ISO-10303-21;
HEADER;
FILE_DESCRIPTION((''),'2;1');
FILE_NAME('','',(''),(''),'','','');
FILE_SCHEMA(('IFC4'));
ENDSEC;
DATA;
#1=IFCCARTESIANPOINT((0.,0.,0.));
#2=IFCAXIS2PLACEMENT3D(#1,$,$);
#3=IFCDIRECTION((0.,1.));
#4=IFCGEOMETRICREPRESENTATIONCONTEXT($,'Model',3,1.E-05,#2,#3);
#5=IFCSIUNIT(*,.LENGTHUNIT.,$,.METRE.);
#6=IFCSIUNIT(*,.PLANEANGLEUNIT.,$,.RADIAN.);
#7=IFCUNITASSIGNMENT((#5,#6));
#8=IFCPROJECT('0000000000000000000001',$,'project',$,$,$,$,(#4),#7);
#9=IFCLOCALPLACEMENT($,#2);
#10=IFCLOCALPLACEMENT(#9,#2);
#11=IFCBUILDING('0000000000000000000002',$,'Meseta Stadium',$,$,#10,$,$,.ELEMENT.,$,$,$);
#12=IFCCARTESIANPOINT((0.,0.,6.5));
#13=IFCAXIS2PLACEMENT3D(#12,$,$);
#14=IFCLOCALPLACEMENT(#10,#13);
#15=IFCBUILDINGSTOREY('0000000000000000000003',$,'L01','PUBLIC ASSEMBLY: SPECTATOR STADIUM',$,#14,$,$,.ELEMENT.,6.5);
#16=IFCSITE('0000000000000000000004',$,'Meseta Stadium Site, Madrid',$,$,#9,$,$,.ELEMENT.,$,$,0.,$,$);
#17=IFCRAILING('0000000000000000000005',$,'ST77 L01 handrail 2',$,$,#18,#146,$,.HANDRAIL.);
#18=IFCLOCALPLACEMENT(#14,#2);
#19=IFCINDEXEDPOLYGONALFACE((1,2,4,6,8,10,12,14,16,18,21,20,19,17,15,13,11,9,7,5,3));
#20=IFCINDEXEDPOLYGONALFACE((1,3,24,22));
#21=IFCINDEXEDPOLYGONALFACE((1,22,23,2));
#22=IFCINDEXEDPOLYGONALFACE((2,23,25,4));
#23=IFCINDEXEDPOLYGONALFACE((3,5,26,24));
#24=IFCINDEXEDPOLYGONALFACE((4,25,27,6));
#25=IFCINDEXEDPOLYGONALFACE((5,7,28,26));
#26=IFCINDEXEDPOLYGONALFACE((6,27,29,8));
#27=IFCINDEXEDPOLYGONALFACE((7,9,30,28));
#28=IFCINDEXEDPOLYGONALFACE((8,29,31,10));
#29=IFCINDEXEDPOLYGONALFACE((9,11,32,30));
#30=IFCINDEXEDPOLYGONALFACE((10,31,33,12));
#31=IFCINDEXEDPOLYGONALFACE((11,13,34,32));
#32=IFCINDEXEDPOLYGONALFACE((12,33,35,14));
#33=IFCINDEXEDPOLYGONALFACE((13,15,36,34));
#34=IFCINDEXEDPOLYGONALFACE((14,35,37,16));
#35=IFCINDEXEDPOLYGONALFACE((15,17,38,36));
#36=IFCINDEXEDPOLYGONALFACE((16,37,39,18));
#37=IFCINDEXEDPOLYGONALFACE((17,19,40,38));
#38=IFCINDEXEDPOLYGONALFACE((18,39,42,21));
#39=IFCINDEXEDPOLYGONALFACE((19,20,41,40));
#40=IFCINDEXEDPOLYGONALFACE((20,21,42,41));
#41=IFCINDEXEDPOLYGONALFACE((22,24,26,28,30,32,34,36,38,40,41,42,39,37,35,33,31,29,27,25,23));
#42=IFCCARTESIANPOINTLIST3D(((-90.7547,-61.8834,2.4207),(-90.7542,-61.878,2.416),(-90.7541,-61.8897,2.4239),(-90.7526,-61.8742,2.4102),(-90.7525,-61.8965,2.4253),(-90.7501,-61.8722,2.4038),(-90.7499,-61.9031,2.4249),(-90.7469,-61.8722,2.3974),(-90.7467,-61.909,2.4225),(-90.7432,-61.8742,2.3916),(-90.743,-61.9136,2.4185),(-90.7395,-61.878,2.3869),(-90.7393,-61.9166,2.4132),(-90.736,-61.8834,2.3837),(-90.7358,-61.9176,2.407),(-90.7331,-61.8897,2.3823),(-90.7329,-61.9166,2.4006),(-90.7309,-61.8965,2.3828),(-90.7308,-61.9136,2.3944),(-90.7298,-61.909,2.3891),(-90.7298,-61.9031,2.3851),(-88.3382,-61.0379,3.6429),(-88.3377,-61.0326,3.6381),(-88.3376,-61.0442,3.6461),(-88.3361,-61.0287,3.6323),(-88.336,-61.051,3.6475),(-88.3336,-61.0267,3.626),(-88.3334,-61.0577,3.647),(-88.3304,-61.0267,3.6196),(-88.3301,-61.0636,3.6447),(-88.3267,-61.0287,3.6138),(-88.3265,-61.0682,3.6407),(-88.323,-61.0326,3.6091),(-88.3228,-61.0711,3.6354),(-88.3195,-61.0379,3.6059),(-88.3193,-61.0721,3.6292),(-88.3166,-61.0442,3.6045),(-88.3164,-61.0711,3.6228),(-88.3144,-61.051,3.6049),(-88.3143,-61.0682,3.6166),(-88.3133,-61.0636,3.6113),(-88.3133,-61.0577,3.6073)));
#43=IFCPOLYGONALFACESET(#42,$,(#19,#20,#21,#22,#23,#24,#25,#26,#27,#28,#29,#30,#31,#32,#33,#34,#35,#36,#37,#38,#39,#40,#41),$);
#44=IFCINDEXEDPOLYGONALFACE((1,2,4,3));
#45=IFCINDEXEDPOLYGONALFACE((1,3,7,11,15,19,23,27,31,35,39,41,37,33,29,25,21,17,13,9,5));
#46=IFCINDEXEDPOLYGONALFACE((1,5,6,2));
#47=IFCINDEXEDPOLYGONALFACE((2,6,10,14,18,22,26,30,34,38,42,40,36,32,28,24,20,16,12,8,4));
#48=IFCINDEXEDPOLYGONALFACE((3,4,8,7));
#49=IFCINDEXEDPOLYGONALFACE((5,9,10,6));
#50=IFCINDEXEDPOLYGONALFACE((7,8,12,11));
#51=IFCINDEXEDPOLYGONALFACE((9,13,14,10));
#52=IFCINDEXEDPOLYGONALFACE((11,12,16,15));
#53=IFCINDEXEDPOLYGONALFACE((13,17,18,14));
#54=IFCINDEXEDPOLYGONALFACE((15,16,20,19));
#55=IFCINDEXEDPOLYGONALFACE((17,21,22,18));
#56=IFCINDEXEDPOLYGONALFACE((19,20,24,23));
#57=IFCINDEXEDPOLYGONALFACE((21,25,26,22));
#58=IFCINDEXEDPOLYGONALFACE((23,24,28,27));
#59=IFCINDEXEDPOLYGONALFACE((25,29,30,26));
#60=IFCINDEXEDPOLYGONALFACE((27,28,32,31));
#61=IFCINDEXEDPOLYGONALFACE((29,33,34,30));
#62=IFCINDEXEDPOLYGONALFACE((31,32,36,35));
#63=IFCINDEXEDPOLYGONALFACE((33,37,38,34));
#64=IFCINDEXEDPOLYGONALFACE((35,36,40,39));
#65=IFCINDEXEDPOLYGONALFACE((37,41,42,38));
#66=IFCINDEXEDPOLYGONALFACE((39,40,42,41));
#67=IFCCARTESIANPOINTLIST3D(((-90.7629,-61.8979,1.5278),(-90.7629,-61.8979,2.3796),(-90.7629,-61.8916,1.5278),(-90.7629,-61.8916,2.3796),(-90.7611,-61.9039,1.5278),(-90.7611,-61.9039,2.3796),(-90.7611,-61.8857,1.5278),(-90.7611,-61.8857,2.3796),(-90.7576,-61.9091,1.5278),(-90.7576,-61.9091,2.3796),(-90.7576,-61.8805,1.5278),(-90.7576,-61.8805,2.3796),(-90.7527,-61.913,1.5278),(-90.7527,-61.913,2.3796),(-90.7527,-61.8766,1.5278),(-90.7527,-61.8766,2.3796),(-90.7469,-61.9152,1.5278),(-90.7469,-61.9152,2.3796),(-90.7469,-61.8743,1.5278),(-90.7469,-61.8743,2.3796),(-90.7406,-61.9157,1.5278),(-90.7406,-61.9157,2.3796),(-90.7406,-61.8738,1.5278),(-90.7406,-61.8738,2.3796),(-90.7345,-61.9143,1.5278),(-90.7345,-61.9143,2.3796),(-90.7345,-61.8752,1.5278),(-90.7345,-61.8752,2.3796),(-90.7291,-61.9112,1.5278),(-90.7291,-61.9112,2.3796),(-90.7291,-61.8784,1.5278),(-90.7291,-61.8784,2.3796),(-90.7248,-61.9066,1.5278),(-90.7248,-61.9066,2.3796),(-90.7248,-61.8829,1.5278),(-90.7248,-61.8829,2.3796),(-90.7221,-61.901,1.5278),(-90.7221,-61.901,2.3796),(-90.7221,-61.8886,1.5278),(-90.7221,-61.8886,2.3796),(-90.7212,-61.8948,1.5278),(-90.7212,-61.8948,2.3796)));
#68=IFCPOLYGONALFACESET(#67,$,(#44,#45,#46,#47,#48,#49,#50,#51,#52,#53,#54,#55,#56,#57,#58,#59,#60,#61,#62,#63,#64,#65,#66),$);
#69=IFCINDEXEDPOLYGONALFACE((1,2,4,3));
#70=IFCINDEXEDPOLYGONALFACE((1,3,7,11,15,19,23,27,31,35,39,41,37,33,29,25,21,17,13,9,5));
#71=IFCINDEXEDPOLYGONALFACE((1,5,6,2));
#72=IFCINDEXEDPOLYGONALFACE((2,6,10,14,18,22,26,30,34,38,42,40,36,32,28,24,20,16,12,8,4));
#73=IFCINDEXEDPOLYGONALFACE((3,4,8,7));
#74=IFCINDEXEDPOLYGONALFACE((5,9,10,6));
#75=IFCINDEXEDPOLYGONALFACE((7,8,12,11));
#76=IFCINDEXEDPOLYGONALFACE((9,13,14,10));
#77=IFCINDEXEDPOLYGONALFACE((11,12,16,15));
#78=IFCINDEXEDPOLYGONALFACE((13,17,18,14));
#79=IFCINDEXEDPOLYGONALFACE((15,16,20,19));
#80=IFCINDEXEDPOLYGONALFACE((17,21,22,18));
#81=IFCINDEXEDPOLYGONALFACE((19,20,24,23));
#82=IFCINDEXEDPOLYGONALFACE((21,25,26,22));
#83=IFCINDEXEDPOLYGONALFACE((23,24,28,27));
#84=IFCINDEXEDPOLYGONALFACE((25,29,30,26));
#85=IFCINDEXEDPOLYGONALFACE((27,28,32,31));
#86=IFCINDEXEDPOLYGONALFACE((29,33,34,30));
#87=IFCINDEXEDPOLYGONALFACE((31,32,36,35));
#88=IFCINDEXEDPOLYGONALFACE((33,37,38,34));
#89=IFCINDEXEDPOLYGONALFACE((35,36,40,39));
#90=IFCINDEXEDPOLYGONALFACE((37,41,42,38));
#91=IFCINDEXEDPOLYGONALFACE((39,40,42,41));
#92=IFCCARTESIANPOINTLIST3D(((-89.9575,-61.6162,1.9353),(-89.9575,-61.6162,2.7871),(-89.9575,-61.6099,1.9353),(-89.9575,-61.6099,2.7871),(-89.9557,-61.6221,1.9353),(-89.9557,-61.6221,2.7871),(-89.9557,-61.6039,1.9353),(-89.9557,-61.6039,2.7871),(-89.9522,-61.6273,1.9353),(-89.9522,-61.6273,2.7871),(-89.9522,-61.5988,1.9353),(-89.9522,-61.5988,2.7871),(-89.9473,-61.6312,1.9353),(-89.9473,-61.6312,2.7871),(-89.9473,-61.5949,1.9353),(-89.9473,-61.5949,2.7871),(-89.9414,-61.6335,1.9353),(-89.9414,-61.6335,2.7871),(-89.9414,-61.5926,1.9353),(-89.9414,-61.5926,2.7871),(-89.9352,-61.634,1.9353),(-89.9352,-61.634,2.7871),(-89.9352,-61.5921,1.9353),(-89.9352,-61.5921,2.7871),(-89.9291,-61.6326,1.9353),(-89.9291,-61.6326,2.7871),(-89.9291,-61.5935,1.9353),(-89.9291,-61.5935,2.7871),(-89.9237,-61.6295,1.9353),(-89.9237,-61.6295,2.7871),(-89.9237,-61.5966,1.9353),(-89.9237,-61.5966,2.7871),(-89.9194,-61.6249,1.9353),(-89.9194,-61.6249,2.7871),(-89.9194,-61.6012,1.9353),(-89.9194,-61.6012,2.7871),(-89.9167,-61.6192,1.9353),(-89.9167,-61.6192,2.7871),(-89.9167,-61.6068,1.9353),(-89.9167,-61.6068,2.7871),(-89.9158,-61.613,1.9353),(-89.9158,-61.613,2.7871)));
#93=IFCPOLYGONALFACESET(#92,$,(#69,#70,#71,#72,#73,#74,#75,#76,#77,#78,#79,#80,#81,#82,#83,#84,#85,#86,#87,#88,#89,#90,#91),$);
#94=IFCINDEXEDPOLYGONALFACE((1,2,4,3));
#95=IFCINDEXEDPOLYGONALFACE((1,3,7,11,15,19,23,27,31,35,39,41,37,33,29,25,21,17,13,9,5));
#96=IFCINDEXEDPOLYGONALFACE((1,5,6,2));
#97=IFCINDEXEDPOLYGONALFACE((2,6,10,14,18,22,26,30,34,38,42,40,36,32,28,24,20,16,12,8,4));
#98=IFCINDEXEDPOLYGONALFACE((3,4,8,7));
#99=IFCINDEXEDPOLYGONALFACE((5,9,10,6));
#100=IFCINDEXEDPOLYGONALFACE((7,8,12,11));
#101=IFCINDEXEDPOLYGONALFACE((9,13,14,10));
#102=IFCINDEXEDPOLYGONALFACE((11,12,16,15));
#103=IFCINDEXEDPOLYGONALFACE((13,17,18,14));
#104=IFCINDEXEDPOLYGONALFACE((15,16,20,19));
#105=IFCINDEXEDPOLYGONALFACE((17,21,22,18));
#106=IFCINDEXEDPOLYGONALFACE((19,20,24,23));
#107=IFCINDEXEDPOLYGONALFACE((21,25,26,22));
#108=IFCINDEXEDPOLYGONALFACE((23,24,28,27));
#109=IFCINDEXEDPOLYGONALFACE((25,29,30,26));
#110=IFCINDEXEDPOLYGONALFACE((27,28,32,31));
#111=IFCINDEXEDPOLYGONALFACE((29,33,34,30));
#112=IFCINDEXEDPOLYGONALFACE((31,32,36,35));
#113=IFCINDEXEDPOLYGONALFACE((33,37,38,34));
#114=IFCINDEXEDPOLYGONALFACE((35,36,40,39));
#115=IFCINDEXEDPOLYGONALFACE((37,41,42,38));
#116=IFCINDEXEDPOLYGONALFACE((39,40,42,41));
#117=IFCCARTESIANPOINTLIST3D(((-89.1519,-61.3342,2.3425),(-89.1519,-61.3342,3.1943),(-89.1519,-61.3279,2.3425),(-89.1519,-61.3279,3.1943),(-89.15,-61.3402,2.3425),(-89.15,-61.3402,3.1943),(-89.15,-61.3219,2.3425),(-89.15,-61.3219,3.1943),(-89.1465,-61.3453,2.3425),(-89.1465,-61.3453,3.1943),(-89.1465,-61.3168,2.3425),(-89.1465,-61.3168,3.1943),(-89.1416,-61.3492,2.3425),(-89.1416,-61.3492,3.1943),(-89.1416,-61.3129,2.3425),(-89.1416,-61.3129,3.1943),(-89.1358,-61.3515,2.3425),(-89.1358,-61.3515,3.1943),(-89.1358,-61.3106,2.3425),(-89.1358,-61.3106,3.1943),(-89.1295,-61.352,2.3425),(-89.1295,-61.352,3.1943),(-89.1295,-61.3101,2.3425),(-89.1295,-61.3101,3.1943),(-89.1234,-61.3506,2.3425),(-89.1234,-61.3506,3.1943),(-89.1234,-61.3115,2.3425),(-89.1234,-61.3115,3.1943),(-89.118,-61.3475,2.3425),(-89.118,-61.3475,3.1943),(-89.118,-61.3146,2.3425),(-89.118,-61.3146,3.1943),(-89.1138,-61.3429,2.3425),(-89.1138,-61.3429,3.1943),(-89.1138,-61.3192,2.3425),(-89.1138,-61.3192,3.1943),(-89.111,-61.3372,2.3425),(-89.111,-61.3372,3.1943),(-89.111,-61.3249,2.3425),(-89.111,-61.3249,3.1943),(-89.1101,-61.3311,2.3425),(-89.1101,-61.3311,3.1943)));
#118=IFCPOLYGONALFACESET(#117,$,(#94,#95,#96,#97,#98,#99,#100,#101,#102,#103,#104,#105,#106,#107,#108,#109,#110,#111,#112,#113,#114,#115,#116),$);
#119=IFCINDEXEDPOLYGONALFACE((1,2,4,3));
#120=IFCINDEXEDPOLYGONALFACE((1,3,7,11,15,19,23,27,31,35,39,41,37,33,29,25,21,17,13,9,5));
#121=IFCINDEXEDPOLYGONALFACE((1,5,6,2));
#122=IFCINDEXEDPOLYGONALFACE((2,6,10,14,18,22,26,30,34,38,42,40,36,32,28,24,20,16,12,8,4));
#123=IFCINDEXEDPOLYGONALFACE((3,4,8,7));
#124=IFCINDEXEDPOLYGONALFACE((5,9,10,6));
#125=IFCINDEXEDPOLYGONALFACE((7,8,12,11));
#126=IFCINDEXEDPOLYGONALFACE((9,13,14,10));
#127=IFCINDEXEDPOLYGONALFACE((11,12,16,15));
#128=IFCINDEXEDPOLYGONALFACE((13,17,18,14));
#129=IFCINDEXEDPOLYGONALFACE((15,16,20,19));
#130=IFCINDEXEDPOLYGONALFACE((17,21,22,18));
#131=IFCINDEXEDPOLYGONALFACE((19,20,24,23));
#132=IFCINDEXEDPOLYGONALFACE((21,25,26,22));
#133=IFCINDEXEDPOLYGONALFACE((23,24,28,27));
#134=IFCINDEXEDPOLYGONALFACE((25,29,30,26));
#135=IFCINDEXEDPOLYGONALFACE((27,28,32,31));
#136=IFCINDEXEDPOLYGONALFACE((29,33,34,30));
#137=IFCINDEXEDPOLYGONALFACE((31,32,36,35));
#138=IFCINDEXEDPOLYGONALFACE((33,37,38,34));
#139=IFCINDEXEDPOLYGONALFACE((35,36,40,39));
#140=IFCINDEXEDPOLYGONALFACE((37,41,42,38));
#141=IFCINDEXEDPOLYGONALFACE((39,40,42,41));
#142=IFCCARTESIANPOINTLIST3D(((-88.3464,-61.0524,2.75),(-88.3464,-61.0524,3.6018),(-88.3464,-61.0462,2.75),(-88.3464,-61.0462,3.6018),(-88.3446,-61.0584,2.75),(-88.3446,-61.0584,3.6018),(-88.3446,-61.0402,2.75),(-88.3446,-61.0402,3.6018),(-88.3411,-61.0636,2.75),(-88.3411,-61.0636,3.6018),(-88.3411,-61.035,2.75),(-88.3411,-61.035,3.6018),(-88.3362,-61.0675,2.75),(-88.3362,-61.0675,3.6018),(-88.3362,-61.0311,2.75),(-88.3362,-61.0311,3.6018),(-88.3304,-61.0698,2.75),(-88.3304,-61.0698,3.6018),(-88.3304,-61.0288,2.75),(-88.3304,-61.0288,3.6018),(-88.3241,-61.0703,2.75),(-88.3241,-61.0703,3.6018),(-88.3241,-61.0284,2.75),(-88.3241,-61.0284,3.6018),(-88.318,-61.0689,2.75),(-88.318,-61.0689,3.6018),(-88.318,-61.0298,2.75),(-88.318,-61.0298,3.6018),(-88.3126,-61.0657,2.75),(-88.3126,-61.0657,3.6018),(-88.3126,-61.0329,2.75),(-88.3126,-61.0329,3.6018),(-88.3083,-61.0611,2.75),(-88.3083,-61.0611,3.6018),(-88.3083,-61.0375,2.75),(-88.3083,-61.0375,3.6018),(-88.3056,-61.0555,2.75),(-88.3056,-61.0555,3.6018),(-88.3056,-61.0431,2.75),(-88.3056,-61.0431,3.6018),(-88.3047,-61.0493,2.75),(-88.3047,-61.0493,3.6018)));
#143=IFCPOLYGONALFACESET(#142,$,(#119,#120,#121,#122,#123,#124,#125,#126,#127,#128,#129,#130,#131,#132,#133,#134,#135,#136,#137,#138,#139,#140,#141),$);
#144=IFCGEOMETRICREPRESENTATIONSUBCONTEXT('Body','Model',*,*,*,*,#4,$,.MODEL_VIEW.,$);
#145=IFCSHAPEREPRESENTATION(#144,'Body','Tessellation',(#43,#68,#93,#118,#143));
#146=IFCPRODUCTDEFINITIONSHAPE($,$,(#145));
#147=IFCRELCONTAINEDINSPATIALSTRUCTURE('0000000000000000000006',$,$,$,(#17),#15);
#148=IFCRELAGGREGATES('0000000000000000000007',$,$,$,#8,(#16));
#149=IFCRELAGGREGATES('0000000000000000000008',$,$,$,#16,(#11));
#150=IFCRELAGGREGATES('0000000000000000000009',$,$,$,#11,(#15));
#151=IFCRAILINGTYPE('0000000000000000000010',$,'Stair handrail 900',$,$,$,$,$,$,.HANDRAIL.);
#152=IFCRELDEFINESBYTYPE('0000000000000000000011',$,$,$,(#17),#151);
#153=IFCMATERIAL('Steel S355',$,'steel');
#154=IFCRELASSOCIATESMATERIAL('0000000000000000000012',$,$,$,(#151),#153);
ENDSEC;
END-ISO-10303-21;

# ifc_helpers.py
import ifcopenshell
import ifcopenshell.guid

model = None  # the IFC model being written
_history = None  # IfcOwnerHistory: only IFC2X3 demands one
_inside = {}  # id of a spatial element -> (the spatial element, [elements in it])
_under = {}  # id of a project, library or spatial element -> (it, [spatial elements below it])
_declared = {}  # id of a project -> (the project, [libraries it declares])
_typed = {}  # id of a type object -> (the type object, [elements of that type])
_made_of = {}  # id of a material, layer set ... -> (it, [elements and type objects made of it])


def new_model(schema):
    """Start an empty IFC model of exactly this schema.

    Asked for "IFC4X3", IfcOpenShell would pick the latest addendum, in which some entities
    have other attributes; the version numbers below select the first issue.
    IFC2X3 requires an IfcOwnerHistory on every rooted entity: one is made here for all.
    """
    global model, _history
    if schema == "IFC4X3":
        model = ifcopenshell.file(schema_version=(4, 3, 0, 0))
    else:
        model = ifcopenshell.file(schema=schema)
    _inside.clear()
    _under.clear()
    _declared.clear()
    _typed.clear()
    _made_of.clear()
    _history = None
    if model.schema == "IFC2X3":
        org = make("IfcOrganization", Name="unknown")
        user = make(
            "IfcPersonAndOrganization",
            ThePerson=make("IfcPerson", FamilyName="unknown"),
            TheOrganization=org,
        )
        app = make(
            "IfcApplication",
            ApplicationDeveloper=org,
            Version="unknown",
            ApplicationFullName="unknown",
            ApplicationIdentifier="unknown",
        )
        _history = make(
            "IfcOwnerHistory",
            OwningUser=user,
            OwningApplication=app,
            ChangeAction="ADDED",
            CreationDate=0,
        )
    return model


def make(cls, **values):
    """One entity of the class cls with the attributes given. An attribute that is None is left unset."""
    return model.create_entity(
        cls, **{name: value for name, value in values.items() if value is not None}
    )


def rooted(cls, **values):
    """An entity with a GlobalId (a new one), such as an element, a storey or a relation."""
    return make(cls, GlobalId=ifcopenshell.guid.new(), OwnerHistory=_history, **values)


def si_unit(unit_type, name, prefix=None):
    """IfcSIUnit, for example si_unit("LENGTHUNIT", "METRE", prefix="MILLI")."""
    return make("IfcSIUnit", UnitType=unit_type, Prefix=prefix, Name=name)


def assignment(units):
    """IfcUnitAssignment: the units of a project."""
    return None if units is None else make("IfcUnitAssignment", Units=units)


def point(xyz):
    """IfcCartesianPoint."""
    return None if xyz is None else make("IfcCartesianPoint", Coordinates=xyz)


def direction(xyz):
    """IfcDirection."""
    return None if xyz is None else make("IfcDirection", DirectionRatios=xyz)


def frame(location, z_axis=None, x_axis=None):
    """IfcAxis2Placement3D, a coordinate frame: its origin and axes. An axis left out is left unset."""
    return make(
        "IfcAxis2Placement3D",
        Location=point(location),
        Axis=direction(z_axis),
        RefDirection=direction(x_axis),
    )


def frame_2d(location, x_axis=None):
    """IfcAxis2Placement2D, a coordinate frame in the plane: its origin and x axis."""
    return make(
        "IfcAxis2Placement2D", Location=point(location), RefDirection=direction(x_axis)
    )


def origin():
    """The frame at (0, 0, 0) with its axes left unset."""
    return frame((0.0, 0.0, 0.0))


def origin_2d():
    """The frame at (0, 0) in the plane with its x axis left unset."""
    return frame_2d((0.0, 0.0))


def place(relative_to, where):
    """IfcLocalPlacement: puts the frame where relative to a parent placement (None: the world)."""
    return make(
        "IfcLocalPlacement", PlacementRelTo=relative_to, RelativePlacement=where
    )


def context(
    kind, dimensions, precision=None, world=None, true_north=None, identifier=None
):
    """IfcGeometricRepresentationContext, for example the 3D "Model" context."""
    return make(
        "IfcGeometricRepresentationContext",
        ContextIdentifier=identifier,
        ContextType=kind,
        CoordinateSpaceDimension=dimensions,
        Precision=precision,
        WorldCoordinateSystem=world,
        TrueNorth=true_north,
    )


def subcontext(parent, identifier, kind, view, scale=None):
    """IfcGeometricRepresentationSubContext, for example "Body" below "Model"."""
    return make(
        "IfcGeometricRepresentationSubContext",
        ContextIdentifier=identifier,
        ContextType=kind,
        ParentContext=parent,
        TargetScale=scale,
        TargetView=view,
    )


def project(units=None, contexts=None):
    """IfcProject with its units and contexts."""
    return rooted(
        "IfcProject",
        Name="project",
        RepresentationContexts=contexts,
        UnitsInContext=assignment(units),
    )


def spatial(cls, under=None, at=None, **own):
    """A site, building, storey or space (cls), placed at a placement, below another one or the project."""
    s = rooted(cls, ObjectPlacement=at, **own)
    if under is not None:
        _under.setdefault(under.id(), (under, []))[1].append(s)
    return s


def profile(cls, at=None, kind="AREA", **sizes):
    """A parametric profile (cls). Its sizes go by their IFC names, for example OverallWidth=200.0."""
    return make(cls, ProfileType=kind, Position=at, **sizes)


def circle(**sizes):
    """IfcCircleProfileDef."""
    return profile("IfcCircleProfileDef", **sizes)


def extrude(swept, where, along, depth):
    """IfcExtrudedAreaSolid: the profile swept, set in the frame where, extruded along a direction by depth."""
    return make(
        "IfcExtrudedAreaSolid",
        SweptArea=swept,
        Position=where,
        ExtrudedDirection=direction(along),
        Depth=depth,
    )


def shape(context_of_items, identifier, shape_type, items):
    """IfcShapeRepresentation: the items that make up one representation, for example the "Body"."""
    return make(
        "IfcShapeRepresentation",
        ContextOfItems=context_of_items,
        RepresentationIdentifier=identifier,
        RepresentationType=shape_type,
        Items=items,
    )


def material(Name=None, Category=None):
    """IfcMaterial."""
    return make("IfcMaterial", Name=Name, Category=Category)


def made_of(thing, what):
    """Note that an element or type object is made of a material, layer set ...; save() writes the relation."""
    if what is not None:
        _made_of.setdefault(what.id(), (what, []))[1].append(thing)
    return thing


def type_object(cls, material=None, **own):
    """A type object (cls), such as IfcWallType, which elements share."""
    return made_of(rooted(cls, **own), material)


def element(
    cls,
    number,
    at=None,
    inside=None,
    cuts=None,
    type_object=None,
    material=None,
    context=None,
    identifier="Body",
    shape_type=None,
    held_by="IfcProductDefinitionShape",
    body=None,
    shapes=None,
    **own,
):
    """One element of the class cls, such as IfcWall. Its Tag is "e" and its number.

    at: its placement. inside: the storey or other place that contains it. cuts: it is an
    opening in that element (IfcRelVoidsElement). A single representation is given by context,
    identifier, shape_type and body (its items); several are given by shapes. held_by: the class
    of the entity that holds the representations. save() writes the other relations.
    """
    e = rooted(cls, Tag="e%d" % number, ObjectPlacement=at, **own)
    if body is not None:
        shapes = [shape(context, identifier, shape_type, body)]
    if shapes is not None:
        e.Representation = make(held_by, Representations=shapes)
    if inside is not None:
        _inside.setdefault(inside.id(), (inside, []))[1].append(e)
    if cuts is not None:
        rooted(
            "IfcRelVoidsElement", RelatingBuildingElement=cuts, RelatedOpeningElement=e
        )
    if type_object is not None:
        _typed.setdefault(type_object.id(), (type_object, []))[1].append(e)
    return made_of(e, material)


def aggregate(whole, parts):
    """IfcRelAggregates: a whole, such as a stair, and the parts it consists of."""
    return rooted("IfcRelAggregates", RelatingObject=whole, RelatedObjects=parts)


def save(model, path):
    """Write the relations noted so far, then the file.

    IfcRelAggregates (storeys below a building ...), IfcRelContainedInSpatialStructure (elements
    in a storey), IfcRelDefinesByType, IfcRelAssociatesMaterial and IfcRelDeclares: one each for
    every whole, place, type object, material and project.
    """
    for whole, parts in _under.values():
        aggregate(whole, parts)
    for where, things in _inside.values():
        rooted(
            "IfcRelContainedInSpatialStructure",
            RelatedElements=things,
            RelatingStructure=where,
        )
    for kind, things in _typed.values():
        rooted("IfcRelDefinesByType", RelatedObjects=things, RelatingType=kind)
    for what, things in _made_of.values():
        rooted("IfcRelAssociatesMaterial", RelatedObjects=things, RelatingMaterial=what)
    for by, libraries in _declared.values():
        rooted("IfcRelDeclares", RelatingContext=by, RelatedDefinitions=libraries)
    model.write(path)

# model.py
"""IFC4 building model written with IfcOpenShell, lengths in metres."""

from ifc_helpers import new_model, si_unit, direction, frame, origin, origin_2d, place, context, subcontext, project, spatial, circle, extrude, material, type_object, element, save


model = new_model("IFC4")

# Units and contexts
model_context = context("Model", 3, precision=1e-05, world=origin(), true_north=direction((0.0, 1.0)))
body_context = subcontext(model_context, "Body", "Model", "MODEL_VIEW")
ifc_project = project(units=[si_unit("LENGTHUNIT", "METRE"), si_unit("PLANEANGLEUNIT", "RADIAN")], contexts=[model_context])

# Site, building, storey
site_placement = place(None, origin())
site = spatial("IfcSite", under=ifc_project, at=site_placement, Name="Meseta Stadium Site, Madrid", CompositionType="ELEMENT", RefElevation=0.0)
building_placement = place(site_placement, origin())
building = spatial("IfcBuilding", under=site, at=building_placement, Name="Meseta Stadium", CompositionType="ELEMENT")
storey_placement = place(building_placement, frame((0.0, 0.0, 6.5)))
storey = spatial("IfcBuildingStorey", under=building, at=storey_placement, Name="L01", Description="PUBLIC ASSEMBLY: SPECTATOR STADIUM", CompositionType="ELEMENT", Elevation=6.5)

# Railing
ifc_material_1 = material(Name="Steel S355", Category="steel")
railing_type_1 = type_object("IfcRailingType", Name="Stair handrail 900", PredefinedType="HANDRAIL", material=ifc_material_1)
railing_1_placement = place(storey_placement, frame((-90.7422, -61.8948, 1.5278)))
element("IfcRailing", 1, at=railing_1_placement, inside=storey, type_object=railing_type_1, Name="ST77 L01 handrail 2", PredefinedType="HANDRAIL", context=body_context, shape_type="SweptSolid", body=[
    extrude(circle(Radius=0.0239, at=origin_2d()), frame((0.0, 0.0, 0.876), z_axis=(0.851812, 0.298022, 0.430811), x_axis=(-0.33024, 0.943897, 0.0)), (0.0, 0.0, 1.0), 2.8369),
    extrude(circle(Radius=0.021, at=origin_2d()), origin(), (0.0, 0.0, 1.0), 0.8518),
    extrude(circle(Radius=0.021, at=origin_2d()), frame((0.8054, 0.2817, 0.4075)), (0.0, 0.0, 1.0), 0.8518),
    extrude(circle(Radius=0.021, at=origin_2d()), frame((1.6111, 0.5637, 0.8147)), (0.0, 0.0, 1.0), 0.8518),
    extrude(circle(Radius=0.021, at=origin_2d()), frame((2.4165, 0.8455, 1.2222)), (0.0, 0.0, 1.0), 0.8518),
])

save(model, "model.ifc")
